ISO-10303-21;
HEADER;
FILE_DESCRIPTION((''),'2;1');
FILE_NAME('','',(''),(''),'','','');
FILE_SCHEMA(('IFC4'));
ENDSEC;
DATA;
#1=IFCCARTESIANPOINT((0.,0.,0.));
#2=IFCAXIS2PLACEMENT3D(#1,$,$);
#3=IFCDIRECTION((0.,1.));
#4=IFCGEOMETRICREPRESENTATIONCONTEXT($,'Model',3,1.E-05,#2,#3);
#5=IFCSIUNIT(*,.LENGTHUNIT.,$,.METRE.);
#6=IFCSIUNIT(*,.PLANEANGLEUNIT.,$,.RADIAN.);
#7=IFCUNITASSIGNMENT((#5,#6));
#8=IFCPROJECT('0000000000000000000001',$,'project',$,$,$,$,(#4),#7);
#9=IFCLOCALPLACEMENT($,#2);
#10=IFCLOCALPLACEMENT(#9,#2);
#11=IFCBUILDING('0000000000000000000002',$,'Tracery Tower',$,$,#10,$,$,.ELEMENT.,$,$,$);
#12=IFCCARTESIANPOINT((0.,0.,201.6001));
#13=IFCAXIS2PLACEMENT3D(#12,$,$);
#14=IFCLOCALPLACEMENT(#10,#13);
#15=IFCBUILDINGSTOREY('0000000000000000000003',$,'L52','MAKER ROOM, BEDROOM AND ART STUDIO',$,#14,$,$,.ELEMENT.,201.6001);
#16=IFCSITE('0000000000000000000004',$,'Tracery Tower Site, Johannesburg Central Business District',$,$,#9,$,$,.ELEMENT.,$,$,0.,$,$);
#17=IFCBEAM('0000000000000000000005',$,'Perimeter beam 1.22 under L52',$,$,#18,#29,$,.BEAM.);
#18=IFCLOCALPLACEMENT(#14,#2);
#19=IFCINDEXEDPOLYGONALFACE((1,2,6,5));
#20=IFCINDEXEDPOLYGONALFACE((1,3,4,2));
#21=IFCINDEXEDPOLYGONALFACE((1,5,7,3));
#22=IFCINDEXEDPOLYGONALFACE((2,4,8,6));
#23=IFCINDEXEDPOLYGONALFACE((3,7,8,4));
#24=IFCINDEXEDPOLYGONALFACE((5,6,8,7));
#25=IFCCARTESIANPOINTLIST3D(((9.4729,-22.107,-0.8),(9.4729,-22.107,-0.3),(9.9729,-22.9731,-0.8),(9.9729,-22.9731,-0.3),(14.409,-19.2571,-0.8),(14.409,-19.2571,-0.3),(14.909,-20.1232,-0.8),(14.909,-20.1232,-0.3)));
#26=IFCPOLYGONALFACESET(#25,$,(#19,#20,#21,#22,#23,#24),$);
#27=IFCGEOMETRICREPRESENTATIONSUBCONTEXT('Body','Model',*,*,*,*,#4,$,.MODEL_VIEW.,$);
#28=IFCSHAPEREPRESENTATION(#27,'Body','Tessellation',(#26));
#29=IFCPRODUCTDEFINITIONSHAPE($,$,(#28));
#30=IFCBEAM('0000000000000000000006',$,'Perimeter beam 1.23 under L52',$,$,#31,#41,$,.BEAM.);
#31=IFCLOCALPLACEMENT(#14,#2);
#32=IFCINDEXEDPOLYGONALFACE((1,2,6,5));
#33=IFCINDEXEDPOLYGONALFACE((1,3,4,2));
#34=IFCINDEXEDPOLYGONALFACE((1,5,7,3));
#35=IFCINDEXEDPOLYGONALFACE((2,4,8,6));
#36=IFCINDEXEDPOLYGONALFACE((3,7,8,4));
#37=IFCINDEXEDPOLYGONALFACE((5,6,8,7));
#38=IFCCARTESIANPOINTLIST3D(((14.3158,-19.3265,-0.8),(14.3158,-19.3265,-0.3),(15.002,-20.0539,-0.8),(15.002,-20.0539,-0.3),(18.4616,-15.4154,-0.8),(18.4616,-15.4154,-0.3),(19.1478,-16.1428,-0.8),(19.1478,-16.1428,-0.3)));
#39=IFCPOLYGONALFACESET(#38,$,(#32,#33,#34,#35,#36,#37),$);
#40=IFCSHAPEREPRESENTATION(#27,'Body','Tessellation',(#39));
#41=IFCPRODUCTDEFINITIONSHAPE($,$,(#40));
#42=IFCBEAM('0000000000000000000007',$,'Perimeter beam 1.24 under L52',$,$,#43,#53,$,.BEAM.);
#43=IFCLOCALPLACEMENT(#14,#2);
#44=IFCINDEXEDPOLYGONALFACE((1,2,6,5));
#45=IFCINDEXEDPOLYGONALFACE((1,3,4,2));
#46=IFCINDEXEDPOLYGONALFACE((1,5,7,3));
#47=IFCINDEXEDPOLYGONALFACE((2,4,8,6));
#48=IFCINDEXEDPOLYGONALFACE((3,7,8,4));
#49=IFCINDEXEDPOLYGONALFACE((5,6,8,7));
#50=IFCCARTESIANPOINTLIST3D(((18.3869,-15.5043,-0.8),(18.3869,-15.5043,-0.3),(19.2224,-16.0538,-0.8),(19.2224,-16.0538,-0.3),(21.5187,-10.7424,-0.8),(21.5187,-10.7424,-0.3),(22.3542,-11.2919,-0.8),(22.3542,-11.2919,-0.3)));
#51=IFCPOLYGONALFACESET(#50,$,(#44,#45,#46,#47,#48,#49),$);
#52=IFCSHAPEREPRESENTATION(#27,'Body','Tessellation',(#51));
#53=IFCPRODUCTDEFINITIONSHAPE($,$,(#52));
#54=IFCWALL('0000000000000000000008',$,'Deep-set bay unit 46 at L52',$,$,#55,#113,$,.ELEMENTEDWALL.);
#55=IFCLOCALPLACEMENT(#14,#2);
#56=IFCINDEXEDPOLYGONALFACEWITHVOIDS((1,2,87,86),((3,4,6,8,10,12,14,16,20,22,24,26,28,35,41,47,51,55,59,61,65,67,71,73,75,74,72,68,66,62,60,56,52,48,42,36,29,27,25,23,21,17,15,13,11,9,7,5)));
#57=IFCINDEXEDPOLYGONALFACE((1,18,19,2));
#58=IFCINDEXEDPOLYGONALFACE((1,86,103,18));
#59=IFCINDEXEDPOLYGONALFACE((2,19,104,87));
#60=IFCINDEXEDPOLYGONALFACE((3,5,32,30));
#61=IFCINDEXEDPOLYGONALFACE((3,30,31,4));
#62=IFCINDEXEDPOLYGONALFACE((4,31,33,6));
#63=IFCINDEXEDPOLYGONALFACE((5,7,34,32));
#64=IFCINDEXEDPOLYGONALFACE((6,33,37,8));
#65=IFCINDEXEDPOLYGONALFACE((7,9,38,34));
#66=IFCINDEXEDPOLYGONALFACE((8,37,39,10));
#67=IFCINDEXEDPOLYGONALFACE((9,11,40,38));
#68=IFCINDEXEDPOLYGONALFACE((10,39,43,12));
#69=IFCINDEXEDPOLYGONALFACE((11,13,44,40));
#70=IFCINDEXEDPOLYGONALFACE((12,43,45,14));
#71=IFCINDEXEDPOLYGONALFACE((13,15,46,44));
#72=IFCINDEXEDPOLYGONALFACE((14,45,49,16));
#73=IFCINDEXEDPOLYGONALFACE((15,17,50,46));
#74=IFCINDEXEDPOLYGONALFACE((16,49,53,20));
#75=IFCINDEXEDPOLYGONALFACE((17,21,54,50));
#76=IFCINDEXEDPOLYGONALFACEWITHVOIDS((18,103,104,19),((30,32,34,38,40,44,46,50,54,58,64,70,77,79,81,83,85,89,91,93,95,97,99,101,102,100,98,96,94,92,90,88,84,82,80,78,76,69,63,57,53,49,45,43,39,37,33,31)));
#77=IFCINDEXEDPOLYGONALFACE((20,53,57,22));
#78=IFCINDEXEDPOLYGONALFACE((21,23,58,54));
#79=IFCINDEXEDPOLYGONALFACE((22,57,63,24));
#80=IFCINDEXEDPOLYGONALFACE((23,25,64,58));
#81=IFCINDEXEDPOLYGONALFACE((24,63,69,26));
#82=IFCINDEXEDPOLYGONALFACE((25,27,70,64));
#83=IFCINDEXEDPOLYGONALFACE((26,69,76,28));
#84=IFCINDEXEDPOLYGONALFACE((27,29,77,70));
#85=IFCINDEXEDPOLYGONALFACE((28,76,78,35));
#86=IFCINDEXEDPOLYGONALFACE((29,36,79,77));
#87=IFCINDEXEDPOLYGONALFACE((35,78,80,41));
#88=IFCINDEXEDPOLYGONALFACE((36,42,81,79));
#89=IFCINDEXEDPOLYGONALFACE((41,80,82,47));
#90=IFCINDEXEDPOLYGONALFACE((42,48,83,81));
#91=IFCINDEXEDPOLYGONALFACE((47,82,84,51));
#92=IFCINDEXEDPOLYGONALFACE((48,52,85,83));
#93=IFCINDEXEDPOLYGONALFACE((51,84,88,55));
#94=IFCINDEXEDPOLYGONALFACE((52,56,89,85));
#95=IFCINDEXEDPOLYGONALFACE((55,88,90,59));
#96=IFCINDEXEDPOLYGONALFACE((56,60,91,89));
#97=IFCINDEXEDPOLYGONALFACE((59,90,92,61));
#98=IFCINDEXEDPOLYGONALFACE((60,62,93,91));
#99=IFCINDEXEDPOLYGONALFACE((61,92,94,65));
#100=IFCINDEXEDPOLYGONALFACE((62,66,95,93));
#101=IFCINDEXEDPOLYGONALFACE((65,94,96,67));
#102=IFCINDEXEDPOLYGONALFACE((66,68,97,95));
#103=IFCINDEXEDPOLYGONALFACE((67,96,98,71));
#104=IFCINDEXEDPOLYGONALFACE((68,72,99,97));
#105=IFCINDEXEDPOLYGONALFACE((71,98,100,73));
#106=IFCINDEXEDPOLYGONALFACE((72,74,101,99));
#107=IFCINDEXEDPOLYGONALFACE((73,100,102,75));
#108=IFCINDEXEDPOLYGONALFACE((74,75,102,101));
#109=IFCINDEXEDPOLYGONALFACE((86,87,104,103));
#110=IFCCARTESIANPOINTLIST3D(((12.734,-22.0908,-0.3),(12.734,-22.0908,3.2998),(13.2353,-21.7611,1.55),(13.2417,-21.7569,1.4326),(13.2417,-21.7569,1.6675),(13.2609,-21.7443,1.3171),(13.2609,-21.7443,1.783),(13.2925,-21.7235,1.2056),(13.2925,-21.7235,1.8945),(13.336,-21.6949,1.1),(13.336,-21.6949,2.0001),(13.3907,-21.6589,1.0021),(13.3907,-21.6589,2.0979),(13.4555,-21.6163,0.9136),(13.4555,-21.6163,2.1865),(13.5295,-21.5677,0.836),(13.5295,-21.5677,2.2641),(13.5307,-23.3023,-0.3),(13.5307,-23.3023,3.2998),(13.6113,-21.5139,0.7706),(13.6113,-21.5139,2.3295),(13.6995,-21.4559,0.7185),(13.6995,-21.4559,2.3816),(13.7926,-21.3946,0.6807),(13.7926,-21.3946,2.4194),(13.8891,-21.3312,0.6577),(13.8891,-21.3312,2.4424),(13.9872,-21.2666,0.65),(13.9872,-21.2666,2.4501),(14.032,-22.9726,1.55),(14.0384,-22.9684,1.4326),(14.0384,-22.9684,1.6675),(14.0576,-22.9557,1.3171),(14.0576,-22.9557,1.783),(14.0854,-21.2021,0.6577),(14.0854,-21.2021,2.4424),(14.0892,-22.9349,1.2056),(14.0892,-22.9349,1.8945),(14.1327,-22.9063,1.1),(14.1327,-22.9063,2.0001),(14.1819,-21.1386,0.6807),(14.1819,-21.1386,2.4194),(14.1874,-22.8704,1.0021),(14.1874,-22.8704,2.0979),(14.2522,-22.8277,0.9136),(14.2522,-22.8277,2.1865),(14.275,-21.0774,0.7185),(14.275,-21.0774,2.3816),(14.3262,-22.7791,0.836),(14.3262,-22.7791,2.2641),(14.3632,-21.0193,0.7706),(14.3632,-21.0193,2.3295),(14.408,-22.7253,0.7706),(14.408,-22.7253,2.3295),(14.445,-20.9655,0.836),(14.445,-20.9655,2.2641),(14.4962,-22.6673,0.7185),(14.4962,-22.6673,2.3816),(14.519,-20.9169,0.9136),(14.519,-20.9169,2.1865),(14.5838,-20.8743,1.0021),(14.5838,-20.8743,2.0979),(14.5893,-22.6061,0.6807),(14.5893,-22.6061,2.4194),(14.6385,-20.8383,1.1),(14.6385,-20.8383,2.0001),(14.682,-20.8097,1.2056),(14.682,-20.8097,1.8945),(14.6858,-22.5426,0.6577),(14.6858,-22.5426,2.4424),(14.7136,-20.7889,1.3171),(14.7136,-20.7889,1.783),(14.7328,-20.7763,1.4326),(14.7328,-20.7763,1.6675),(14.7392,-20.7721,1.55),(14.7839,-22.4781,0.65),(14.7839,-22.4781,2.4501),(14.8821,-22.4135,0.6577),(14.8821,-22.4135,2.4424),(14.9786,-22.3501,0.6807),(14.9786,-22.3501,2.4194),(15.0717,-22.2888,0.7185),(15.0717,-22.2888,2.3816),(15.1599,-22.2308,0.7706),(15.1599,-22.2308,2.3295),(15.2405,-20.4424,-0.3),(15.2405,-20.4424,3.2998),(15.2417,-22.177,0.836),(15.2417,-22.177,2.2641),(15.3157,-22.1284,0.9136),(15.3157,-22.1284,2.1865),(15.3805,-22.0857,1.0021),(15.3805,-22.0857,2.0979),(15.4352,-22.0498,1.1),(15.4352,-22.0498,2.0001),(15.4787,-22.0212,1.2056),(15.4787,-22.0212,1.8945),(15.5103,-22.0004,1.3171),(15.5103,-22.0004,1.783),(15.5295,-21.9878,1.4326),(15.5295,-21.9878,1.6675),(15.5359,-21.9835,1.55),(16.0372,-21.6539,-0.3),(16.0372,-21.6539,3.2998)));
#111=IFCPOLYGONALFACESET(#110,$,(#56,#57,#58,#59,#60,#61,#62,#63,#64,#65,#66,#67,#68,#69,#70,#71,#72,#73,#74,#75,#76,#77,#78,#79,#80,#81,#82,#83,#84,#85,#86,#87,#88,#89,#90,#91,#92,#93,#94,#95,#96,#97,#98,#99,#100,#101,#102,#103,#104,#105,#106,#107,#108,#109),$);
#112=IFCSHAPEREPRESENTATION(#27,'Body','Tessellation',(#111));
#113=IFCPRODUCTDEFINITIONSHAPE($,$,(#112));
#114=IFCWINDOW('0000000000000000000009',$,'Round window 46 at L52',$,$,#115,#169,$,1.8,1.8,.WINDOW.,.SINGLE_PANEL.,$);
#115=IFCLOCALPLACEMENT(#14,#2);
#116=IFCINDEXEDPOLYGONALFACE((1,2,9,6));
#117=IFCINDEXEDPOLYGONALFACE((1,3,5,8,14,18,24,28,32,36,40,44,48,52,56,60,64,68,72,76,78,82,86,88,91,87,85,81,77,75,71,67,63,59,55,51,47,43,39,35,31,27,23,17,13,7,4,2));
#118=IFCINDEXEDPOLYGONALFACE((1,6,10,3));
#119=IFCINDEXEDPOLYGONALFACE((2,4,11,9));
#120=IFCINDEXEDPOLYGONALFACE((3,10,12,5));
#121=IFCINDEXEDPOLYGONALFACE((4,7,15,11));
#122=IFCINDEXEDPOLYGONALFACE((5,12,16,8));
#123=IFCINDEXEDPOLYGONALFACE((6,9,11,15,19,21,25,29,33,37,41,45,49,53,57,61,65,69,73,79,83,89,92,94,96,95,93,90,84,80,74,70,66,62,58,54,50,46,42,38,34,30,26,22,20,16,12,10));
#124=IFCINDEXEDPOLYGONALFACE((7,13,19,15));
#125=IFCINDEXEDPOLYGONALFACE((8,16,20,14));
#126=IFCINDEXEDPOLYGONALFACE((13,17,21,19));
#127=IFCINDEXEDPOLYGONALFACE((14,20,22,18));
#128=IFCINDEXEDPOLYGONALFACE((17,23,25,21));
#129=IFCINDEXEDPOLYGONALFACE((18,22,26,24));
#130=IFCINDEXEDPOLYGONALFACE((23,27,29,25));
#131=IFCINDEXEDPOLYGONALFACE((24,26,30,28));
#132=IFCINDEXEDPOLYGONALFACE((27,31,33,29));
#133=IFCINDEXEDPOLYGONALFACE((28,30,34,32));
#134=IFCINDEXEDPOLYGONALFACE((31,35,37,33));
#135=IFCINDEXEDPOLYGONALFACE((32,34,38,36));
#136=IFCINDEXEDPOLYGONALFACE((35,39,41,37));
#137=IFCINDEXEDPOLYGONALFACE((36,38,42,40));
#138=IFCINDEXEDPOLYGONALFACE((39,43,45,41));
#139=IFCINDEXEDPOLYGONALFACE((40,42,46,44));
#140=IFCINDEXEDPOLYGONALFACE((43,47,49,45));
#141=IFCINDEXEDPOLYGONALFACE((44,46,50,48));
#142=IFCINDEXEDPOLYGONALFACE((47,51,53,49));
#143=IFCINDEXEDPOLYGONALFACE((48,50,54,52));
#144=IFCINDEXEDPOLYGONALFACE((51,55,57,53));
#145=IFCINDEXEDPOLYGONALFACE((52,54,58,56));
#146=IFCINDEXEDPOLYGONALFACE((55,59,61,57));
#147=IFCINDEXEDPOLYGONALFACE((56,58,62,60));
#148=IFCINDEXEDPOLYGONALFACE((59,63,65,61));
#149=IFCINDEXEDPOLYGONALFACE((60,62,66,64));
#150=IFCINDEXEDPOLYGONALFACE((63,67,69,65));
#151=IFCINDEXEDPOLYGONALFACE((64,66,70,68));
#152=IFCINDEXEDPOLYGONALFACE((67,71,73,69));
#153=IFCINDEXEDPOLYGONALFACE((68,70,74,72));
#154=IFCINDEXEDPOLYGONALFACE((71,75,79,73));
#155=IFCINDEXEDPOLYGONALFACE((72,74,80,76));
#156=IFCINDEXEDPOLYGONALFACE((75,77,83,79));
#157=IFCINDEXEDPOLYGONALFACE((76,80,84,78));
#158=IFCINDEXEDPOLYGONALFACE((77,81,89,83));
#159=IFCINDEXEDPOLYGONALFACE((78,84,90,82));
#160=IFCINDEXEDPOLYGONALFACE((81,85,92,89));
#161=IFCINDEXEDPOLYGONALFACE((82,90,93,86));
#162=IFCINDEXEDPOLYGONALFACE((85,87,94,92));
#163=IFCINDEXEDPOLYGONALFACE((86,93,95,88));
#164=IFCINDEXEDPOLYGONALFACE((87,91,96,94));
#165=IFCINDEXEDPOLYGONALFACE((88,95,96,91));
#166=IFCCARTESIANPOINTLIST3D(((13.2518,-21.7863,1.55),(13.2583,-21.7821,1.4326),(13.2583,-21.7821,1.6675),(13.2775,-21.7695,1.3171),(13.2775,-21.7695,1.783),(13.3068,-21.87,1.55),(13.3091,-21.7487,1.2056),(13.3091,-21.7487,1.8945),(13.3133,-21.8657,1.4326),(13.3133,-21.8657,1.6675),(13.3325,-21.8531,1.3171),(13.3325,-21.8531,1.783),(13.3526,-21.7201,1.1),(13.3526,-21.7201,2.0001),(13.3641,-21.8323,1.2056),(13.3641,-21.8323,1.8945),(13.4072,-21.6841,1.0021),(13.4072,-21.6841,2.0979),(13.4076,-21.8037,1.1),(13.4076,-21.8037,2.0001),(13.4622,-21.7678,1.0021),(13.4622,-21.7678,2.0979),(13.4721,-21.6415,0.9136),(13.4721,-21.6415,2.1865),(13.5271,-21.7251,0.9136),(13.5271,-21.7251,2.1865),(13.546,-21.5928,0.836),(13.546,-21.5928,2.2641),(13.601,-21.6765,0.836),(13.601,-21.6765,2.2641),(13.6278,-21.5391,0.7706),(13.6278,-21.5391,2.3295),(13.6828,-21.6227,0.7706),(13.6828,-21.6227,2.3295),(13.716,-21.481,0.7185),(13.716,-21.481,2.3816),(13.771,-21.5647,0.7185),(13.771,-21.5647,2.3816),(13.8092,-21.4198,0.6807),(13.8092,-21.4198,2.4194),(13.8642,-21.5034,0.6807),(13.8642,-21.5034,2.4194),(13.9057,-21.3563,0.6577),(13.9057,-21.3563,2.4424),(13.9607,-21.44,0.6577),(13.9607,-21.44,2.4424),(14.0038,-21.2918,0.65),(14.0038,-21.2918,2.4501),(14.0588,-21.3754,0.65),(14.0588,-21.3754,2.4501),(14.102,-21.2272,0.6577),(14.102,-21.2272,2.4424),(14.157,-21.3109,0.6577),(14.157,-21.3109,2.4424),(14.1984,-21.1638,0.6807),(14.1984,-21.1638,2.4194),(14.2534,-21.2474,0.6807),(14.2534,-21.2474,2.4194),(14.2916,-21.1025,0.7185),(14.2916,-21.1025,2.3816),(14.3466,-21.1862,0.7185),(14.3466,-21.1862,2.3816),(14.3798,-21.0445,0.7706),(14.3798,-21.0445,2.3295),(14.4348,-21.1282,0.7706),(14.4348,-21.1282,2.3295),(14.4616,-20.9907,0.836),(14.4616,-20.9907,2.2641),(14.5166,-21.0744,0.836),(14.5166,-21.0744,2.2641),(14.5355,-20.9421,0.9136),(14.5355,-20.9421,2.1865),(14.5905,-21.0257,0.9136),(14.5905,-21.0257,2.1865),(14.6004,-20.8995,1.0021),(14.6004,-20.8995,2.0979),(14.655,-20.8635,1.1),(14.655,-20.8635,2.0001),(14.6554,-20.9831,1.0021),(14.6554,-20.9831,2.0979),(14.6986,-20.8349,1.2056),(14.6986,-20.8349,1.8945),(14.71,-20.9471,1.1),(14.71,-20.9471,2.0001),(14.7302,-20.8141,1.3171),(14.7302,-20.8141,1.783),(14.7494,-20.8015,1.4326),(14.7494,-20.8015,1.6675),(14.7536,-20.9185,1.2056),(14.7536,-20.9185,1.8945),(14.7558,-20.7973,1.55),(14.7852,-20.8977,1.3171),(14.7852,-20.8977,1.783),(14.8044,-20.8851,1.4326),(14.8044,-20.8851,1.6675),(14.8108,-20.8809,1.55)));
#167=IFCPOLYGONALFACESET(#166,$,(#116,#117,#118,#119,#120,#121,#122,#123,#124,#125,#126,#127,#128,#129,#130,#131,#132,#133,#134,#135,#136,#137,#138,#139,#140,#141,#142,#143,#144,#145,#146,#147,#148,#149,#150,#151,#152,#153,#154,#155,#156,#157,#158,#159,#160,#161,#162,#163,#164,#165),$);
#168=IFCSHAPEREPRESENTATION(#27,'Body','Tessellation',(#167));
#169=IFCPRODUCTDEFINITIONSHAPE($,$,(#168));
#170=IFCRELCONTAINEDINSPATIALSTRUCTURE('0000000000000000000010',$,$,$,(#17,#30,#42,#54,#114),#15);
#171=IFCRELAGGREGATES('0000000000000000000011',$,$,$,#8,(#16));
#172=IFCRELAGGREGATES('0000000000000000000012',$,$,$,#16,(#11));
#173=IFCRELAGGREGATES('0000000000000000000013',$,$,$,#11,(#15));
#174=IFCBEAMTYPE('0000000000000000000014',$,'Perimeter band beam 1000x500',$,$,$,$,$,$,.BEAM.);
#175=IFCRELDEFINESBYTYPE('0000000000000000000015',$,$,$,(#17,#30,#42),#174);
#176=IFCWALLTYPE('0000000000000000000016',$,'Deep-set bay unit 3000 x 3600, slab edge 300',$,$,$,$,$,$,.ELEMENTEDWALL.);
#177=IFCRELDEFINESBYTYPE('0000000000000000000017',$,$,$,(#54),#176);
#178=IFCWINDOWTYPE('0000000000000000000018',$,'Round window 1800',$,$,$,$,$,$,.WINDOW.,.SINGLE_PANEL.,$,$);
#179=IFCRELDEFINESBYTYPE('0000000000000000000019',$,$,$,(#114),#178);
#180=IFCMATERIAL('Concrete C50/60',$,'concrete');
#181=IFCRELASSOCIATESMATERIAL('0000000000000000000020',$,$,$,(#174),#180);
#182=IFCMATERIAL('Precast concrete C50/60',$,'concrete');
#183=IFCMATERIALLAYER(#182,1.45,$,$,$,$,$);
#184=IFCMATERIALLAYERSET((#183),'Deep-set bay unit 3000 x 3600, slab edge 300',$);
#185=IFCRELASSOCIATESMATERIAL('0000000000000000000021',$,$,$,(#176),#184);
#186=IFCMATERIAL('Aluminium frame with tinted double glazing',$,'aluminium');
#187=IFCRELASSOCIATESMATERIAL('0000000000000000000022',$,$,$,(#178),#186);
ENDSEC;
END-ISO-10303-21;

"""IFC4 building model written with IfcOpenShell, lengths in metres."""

from ifc_helpers import new_model, si_unit, direction, frame, frame_2d, origin, origin_2d, place, context, subcontext, project, spatial, rectangle, circle, extrude, material, layer, layer_set, material_profile, profile_set, type_object, element, fill, save


model = new_model("IFC4")

# Units and contexts
model_context = context("Model", 3, precision=1e-05, world=origin(), true_north=direction((0.0, 1.0)))
body_context = subcontext(model_context, "Body", "Model", "MODEL_VIEW")
ifc_project = project(units=[si_unit("LENGTHUNIT", "METRE"), si_unit("PLANEANGLEUNIT", "RADIAN")], contexts=[model_context])

# Site, building, storey
site_placement = place(None, origin())
site = spatial("IfcSite", under=ifc_project, at=site_placement, Name="Tracery Tower Site, Johannesburg Central Business District", CompositionType="ELEMENT", RefElevation=0.0)
building_placement = place(site_placement, origin())
building = spatial("IfcBuilding", under=site, at=building_placement, Name="Tracery Tower", CompositionType="ELEMENT")
storey_placement = place(building_placement, frame((0.0, 0.0, 201.6001)))
storey = spatial("IfcBuildingStorey", under=building, at=storey_placement, Name="L52", Description="MAKER ROOM, BEDROOM AND ART STUDIO", CompositionType="ELEMENT", Elevation=201.6001)

# Beams
ifc_material_1 = material(Name="Concrete C50/60", Category="concrete")
ifc_material_profile_1 = material_profile(ifc_material_1, rectangle(XDim=1.0, YDim=0.5, at=origin_2d()), Name="RC 1000x500")
ifc_profile_set_1 = profile_set([ifc_material_profile_1], Name="Concrete C50/60")
beam_type = type_object("IfcBeamType", Name="Perimeter band beam 1000x500", PredefinedType="BEAM", material=ifc_profile_set_1)
beam_placement = place(storey_placement, frame((9.7229, -22.54, -0.55), z_axis=(0.866023, 0.500004, 0.0), x_axis=(-0.500004, 0.866023, 0.0)))
element("IfcBeam", 1, at=beam_placement, inside=storey, type_object=beam_type, Name="Perimeter beam 1.22 under L52", PredefinedType="BEAM", context=body_context, shape_type="SweptSolid", body=[
    extrude(rectangle(XDim=1.0, YDim=0.5, at=origin_2d()), origin(), (0.0, 0.0, 1.0), 5.6997),
])
for number, where, z_axis, x_axis, name in (
    (2, (14.6589, -19.6902, -0.55), (0.72739, 0.686225, 0.0), (-0.686225, 0.72739, 0.0), "Perimeter beam 1.23 under L52"),
    (3, (18.8047, -15.7791, -0.55), (0.54949, 0.8355, 0.0), (-0.8355, 0.54949, 0.0), "Perimeter beam 1.24 under L52"),
):
    element("IfcBeam", number, at=place(storey_placement, frame(where, z_axis=z_axis, x_axis=x_axis)), inside=storey, type_object=beam_type, Name=name, PredefinedType="BEAM", context=body_context, shape_type="SweptSolid", body=[
        extrude(rectangle(XDim=1.0, YDim=0.5, at=origin_2d()), origin(), (0.0, 0.0, 1.0), 5.6995),
    ])

# Wall, opening, window
ifc_material_2 = material(Name="Precast concrete C50/60", Category="concrete")
ifc_layer_1 = layer(ifc_material_2, 1.45)
ifc_layer_set_1 = layer_set([ifc_layer_1], Name="Deep-set bay unit 3000 x 3600, slab edge 300")
wall_type_1 = type_object("IfcWallType", Name="Deep-set bay unit 3000 x 3600, slab edge 300", PredefinedType="ELEMENTEDWALL", material=ifc_layer_set_1)
wall_1_placement = place(storey_placement, frame((13.1323, -22.6965, -0.3), z_axis=(0.0, 0.0, 1.0), x_axis=(0.835514, 0.549469, 0.0)))
wall_1 = element("IfcWall", 4, at=wall_1_placement, inside=storey, type_object=wall_type_1, Name="Deep-set bay unit 46 at L52", PredefinedType="ELEMENTEDWALL", context=body_context, shape_type="SweptSolid", body=[
    extrude(rectangle(XDim=3.0, YDim=1.45, at=frame_2d((1.5, 0.0))), origin(), (0.0, 0.0, 1.0), 3.5999),
])
opening_1_placement = place(wall_1_placement, frame((1.5, 0.0, 1.8501)))
opening_1 = element("IfcOpeningElement", 5, at=opening_1_placement, cuts=wall_1, PredefinedType="OPENING", context=body_context, shape_type="SweptSolid", body=[
    extrude(circle(Radius=0.9, at=origin_2d()), frame((0.0, 0.7349, 0.0), z_axis=(0.0, -1.0, 0.0), x_axis=(1.0, 0.0, 0.0)), (0.0, 0.0, 1.0), 1.47),
])
ifc_material_3 = material(Name="Aluminium frame with tinted double glazing", Category="aluminium")
window_type = type_object("IfcWindowType", Name="Round window 1800", PartitioningType="SINGLE_PANEL", PredefinedType="WINDOW", material=ifc_material_3)
window_1_placement = place(opening_1_placement, origin())
window_1 = element("IfcWindow", 6, at=window_1_placement, inside=storey, type_object=window_type, Name="Round window 46 at L52", OverallHeight=1.8, OverallWidth=1.8, PartitioningType="SINGLE_PANEL", PredefinedType="WINDOW", context=body_context, shape_type="SweptSolid", body=[
    extrude(circle(Radius=0.9, at=origin_2d()), frame((0.0, 0.6948, 0.0), z_axis=(0.0, -1.0, 0.0), x_axis=(1.0, 0.0, 0.0)), (0.0, 0.0, 1.0), 0.1001),
])
fill(opening_1, window_1)

save(model, "model.ifc")
